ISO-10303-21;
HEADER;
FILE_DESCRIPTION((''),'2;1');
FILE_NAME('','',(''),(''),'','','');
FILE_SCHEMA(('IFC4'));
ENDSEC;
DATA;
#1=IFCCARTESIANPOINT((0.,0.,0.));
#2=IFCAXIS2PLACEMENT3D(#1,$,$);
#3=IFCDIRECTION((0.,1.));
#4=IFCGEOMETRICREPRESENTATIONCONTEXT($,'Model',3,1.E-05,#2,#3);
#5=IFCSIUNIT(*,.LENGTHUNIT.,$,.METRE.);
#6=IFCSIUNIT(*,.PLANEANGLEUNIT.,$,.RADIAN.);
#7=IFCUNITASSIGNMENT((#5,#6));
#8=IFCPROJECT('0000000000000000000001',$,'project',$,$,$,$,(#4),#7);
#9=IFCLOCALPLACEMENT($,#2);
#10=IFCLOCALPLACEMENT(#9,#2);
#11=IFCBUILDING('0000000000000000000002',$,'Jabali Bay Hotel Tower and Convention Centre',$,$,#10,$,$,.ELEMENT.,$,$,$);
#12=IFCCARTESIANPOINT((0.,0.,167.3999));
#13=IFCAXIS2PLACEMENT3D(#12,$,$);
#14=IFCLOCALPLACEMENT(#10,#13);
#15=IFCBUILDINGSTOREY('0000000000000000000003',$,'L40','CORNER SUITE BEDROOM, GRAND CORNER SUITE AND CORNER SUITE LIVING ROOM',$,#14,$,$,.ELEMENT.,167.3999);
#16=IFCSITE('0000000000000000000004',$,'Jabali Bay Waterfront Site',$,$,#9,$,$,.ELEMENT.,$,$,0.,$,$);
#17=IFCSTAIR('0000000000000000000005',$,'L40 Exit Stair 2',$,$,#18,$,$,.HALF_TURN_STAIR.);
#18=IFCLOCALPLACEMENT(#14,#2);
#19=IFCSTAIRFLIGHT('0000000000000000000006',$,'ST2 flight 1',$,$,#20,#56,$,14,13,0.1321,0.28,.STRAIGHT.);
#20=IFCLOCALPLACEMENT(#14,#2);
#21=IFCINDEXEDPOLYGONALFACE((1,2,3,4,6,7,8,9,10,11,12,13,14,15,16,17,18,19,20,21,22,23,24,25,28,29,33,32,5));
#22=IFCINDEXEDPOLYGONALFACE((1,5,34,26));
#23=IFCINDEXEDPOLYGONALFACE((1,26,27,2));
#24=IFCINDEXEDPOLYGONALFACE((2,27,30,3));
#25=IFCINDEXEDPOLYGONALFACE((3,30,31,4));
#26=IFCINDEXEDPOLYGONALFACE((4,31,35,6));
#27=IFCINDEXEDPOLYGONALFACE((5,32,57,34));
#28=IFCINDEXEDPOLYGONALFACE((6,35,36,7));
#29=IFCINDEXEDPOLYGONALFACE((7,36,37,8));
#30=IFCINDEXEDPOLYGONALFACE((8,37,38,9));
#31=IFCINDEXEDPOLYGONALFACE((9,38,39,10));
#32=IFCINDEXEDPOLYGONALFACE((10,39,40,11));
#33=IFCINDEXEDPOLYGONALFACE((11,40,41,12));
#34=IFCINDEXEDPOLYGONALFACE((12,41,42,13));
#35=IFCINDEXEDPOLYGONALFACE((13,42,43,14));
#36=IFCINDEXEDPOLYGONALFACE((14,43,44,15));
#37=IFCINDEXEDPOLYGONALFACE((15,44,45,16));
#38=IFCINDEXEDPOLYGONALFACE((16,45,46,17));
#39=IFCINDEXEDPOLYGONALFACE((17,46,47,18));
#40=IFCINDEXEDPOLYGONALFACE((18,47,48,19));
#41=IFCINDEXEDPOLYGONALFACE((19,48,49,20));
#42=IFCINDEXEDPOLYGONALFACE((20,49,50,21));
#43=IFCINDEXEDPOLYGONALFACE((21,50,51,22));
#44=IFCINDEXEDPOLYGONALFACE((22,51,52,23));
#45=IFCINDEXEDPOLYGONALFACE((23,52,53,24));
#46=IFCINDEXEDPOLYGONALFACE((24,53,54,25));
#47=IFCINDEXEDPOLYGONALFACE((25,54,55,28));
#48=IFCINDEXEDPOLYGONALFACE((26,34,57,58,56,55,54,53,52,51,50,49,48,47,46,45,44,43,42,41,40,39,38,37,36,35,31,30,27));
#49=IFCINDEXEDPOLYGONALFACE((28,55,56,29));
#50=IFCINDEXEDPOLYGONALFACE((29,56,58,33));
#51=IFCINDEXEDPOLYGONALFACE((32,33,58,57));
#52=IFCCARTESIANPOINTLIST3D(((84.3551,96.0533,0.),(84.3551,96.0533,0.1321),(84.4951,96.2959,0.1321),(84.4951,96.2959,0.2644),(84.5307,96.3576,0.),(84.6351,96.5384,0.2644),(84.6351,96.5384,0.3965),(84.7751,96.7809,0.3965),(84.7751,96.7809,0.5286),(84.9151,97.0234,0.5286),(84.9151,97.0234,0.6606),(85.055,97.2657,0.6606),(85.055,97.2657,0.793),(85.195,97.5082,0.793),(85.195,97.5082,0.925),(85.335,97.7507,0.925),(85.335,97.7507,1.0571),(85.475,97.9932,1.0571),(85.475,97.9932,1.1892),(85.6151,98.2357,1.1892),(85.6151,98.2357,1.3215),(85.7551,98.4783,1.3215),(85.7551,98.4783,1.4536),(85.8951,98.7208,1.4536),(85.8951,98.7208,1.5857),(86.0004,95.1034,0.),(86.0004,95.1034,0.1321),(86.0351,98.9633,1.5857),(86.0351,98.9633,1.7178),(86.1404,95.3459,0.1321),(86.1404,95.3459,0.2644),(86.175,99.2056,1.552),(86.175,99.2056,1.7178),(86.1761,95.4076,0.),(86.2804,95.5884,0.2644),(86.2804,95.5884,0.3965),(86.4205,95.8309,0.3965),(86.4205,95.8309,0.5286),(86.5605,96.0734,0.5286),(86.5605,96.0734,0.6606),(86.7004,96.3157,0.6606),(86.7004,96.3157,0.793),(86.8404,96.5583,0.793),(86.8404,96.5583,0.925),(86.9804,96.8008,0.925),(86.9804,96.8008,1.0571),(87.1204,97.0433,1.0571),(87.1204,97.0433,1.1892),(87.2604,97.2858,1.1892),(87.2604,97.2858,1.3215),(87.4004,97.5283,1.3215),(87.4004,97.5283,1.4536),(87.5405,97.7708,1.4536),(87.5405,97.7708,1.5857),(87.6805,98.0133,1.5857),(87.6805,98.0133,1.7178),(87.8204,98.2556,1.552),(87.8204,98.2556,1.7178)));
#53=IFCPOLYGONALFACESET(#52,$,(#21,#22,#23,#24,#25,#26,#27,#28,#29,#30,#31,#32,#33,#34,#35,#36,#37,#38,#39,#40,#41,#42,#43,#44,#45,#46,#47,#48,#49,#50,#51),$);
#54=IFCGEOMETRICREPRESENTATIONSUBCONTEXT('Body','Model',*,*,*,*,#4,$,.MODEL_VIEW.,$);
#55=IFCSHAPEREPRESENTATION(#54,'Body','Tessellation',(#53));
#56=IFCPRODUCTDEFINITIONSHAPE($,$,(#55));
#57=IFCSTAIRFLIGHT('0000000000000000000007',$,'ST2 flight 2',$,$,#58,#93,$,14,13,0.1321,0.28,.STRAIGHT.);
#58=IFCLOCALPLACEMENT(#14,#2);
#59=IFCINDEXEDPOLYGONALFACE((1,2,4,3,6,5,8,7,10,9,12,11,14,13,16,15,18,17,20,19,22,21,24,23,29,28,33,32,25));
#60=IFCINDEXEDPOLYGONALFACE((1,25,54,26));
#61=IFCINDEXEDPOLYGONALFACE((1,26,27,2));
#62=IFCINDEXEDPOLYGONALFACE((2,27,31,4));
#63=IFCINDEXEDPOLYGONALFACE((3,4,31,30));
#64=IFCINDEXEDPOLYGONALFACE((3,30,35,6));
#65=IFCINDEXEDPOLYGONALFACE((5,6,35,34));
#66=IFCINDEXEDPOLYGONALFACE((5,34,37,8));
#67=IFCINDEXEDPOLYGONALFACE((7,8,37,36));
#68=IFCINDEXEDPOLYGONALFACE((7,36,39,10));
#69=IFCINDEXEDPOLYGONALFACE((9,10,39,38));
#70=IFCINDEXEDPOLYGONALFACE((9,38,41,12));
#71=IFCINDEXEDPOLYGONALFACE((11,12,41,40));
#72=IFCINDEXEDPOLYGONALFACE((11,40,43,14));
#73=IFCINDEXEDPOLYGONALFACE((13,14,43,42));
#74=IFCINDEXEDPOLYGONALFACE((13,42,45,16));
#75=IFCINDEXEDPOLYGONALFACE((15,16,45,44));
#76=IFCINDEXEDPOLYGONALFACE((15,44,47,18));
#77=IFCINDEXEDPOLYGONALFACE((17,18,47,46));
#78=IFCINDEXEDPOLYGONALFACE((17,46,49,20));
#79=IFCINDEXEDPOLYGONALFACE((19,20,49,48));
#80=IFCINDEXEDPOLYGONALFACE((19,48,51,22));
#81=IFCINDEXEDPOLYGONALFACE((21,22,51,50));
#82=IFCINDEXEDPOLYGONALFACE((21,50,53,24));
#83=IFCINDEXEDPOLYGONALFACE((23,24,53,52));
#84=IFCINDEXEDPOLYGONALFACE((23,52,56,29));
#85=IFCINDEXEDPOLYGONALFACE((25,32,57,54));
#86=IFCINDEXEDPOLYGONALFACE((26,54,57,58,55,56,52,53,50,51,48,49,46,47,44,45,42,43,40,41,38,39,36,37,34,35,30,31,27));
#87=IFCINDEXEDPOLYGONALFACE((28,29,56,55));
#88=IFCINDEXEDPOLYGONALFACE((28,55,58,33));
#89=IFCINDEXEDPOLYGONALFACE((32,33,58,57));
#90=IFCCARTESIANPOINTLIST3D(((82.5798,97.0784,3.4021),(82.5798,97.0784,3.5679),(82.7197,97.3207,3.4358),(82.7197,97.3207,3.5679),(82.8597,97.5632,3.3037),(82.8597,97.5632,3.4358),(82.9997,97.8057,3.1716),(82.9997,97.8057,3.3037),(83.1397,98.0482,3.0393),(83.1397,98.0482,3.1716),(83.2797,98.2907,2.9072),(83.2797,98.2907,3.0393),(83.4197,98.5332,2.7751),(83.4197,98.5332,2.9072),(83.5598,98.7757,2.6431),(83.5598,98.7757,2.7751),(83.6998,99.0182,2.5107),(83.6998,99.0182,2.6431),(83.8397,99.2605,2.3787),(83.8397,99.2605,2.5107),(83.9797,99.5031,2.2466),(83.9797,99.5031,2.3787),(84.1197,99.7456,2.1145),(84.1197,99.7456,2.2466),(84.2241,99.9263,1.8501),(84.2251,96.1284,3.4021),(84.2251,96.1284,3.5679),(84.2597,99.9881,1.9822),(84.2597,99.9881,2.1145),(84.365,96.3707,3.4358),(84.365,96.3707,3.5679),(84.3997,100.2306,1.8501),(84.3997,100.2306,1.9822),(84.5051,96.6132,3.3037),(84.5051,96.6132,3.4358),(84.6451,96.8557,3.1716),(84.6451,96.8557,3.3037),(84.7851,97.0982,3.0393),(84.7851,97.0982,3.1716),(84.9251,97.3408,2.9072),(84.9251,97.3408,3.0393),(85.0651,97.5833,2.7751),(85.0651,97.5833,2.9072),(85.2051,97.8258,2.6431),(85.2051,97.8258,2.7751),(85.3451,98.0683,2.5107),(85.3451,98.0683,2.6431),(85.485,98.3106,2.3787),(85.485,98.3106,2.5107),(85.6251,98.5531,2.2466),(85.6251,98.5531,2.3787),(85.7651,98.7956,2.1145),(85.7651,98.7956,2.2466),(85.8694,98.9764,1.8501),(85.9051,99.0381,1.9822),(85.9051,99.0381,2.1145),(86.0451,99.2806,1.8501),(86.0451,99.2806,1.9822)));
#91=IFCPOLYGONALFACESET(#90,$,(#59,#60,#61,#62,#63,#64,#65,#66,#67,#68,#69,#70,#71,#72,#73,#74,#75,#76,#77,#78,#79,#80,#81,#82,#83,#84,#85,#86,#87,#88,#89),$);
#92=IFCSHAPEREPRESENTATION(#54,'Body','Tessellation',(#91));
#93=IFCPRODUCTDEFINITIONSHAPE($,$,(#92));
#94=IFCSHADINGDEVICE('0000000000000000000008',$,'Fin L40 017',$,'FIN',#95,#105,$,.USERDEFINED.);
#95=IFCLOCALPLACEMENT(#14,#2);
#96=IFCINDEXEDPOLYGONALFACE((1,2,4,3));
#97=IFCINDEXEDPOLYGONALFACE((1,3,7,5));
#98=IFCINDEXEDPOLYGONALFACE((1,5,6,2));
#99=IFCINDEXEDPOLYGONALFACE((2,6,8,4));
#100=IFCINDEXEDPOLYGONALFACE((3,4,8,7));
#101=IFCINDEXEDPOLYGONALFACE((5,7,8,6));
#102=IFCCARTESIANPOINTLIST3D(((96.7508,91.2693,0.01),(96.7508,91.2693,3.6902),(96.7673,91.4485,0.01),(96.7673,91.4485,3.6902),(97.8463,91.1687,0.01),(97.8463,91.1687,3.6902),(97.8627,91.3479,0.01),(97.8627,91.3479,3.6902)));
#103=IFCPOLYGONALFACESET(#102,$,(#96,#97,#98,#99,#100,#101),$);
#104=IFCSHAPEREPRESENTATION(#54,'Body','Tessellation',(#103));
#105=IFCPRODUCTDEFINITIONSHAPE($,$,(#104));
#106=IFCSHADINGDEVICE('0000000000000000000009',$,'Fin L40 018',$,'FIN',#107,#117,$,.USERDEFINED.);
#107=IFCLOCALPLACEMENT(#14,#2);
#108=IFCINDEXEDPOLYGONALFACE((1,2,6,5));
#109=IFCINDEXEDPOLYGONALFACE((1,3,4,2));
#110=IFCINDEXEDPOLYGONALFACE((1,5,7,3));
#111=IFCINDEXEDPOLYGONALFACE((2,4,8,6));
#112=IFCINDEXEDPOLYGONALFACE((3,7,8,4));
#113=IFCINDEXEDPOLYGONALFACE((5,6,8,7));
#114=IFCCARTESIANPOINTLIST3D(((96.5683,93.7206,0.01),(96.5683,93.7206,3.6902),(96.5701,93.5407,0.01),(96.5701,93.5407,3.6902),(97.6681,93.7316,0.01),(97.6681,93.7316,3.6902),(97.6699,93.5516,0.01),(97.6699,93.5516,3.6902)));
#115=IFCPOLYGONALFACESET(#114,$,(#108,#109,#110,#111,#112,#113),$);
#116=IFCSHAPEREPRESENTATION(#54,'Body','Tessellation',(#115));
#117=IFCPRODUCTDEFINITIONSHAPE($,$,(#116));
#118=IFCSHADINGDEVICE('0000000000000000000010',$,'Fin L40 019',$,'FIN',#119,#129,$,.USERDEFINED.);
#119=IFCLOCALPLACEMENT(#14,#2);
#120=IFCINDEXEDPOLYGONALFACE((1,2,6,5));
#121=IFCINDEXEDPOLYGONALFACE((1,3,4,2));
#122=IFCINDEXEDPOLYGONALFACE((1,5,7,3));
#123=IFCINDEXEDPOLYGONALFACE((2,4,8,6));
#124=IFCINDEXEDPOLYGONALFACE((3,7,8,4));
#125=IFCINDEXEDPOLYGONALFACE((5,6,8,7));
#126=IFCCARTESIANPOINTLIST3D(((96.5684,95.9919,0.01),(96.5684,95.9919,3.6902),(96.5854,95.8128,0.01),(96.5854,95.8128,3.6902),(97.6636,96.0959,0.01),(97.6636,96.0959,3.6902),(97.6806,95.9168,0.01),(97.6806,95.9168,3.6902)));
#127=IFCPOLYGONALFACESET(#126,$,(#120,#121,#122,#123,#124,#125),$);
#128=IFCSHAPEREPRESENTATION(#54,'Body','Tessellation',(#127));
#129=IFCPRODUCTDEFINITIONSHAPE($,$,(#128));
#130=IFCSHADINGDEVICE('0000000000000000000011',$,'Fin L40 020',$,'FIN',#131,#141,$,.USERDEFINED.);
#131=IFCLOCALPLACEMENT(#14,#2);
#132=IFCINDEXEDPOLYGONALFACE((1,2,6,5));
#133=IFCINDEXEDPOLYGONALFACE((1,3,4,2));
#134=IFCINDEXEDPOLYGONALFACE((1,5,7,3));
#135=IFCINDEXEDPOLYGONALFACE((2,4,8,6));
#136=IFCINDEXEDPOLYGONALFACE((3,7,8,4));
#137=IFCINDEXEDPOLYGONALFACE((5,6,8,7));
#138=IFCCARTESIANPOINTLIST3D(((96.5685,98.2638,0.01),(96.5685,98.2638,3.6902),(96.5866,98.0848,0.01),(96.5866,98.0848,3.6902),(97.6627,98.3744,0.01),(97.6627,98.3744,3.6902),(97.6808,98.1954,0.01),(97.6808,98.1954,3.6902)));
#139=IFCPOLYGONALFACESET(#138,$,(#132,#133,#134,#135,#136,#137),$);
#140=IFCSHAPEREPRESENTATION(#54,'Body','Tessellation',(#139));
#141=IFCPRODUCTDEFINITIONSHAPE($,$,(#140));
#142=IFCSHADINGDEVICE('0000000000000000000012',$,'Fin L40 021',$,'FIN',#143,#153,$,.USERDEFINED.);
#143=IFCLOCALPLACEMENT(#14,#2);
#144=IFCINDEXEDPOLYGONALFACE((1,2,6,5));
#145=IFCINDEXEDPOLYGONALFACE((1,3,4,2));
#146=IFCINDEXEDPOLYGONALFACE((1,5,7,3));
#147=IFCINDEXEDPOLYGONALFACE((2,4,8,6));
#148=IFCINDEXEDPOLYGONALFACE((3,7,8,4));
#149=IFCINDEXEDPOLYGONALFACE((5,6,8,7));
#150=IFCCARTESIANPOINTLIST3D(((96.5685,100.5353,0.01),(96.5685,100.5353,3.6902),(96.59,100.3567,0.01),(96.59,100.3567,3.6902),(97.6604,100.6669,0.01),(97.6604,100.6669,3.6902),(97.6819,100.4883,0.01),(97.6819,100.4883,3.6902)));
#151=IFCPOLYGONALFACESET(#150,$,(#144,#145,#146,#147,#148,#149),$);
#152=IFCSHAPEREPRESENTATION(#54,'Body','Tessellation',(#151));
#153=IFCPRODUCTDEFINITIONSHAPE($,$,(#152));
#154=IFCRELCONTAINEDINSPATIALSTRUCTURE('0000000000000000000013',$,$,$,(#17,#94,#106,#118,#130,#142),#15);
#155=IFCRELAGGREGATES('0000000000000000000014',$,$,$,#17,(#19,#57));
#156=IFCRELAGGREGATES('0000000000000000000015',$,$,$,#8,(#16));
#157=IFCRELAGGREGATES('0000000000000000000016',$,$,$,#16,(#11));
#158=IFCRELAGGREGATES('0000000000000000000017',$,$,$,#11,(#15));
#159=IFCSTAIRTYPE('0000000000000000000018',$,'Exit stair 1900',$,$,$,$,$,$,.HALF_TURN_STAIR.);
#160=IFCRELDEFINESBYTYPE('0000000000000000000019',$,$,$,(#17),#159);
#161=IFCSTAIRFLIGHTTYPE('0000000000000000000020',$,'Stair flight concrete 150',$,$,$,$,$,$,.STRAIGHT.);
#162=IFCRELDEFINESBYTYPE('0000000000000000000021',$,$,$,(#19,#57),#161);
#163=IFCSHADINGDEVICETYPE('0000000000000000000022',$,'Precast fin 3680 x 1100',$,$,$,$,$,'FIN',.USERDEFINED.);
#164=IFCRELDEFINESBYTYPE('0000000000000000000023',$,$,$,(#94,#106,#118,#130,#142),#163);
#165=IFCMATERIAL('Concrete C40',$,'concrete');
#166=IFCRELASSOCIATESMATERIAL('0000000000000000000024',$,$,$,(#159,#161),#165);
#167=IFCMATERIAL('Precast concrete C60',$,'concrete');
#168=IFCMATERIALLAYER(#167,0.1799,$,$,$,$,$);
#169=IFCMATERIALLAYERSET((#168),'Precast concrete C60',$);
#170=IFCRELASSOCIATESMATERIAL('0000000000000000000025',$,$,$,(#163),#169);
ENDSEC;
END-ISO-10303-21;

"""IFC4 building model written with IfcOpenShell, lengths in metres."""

from ifc_helpers import new_model, si_unit, direction, frame, frame_2d, origin, place, context, subcontext, project, spatial, polyline, rectangle, outline, extrude, material, layer, layer_set, type_object, element, aggregate, save


model = new_model("IFC4")

# Units and contexts
model_context = context("Model", 3, precision=1e-05, world=origin(), true_north=direction((0.0, 1.0)))
body_context = subcontext(model_context, "Body", "Model", "MODEL_VIEW")
ifc_project = project(units=[si_unit("LENGTHUNIT", "METRE"), si_unit("PLANEANGLEUNIT", "RADIAN")], contexts=[model_context])

# Site, building, storey
site_placement = place(None, origin())
site = spatial("IfcSite", under=ifc_project, at=site_placement, Name="Jabali Bay Waterfront Site", CompositionType="ELEMENT", RefElevation=0.0)
building_placement = place(site_placement, origin())
building = spatial("IfcBuilding", under=site, at=building_placement, Name="Jabali Bay Hotel Tower and Convention Centre", CompositionType="ELEMENT")
storey_placement = place(building_placement, frame((0.0, 0.0, 167.3999)))
storey = spatial("IfcBuildingStorey", under=building, at=storey_placement, Name="L40", Description="CORNER SUITE BEDROOM, GRAND CORNER SUITE AND CORNER SUITE LIVING ROOM", CompositionType="ELEMENT", Elevation=167.3999)

# Shared definitions
ifc_material_1 = material(Name="Concrete C40", Category="concrete")

# Stair, stair flights
stair_type = type_object("IfcStairType", Name="Exit stair 1900", PredefinedType="HALF_TURN_STAIR", material=ifc_material_1)
stair_placement = place(storey_placement, origin())
stair = element("IfcStair", 1, at=stair_placement, inside=storey, type_object=stair_type, Name="L40 Exit Stair 2", PredefinedType="HALF_TURN_STAIR")
stair_flight_type = type_object("IfcStairFlightType", Name="Stair flight concrete 150", PredefinedType="STRAIGHT", material=ifc_material_1)
stair_flight_1_placement = place(storey_placement, frame((85.1777, 95.5784, 0.0), z_axis=(0.0, 0.0, 1.0), x_axis=(0.5, 0.866025, 0.0)))
stair_flight_1 = element("IfcStairFlight", 2, at=stair_flight_1_placement, type_object=stair_flight_type, Name="ST2 flight 1", NumberOfRisers=14, NumberOfTreads=13, PredefinedType="STRAIGHT", RiserHeight=0.1321, TreadLength=0.28, context=body_context, shape_type="SweptSolid", body=[
    extrude(outline(polyline([(0.0, 0.0), (0.0, 0.1321), (0.28, 0.1321), (0.28, 0.2644), (0.5601, 0.2644), (0.5601, 0.3965), (0.8401, 0.3965), (0.8401, 0.5286), (1.1201, 0.5286), (1.1201, 0.6606), (1.3999, 0.6606), (1.3999, 0.793), (1.6799, 0.793), (1.6799, 0.925), (1.96, 0.925), (1.96, 1.0571), (2.24, 1.0571), (2.24, 1.1892), (2.52, 1.1892), (2.52, 1.3215), (2.8, 1.3215), (2.8, 1.4536), (3.0801, 1.4536), (3.0801, 1.5857), (3.3601, 1.5857), (3.3601, 1.7178), (3.6399, 1.7178), (3.6399, 1.8501), (3.6399, 1.552), (0.3513, 0.0), (0.0, 0.0)])), frame((0.0, 0.95, 0.0), z_axis=(0.0, -1.0, 0.0), x_axis=(1.0, 0.0, 0.0)), (0.0, 0.0, 1.0), 1.8999),
])
stair_flight_2_placement = place(storey_placement, frame((85.2224, 99.7556, 1.8501), z_axis=(0.0, 0.0, 1.0), x_axis=(-0.5, -0.866025, 0.0)))
stair_flight_2 = element("IfcStairFlight", 3, at=stair_flight_2_placement, type_object=stair_flight_type, Name="ST2 flight 2", NumberOfRisers=14, NumberOfTreads=13, PredefinedType="STRAIGHT", RiserHeight=0.1321, TreadLength=0.28, context=body_context, shape_type="SweptSolid", body=[
    extrude(outline(polyline([(0.0, 0.0), (0.0, 0.1321), (0.28, 0.1321), (0.28, 0.2644), (0.5601, 0.2644), (0.5601, 0.3965), (0.8401, 0.3965), (0.8401, 0.5286), (1.1201, 0.5286), (1.1201, 0.6606), (1.3999, 0.6606), (1.3999, 0.793), (1.6799, 0.793), (1.6799, 0.925), (1.96, 0.925), (1.96, 1.0571), (2.24, 1.0571), (2.24, 1.1892), (2.52, 1.1892), (2.52, 1.3215), (2.8, 1.3215), (2.8, 1.4536), (3.0801, 1.4536), (3.0801, 1.5857), (3.3601, 1.5857), (3.3601, 1.7178), (3.6399, 1.7178), (3.6399, 1.8501), (3.6399, 1.552), (0.3513, 0.0), (0.0, 0.0)])), frame((0.0, 0.95, 0.0), z_axis=(0.0, -1.0, 0.0), x_axis=(1.0, 0.0, 0.0)), (0.0, 0.0, 1.0), 1.8999),
])
aggregate(stair, [stair_flight_1, stair_flight_2])

# Shading devices
ifc_material_2 = material(Name="Precast concrete C60", Category="concrete")
ifc_layer_1 = layer(ifc_material_2, 0.1799)
ifc_layer_set_1 = layer_set([ifc_layer_1], Name="Precast concrete C60")
shading_device_type = type_object("IfcShadingDeviceType", Name="Precast fin 3680 x 1100", ElementType="FIN", PredefinedType="USERDEFINED", material=ifc_layer_set_1)
shading_device_1_placement = place(storey_placement, frame((96.759, 91.3589, 0.01), z_axis=(0.0, 0.0, 1.0), x_axis=(0.995811, -0.091436, 0.0)))
element("IfcShadingDevice", 4, at=shading_device_1_placement, inside=storey, type_object=shading_device_type, Name="Fin L40 017", ObjectType="FIN", PredefinedType="USERDEFINED", context=body_context, shape_type="SweptSolid", body=[
    extrude(rectangle(XDim=1.1001, YDim=0.1799, at=frame_2d((0.55, 0.0))), origin(), (0.0, 0.0, 1.0), 3.6802),
])
shading_device_2_placement = place(storey_placement, frame((96.5693, 93.6306, 0.01), z_axis=(0.0, 0.0, 1.0), x_axis=(0.99995, 0.009988, 0.0)))
element("IfcShadingDevice", 5, at=shading_device_2_placement, inside=storey, type_object=shading_device_type, Name="Fin L40 018", ObjectType="FIN", PredefinedType="USERDEFINED", context=body_context, shape_type="SweptSolid", body=[
    extrude(rectangle(XDim=1.0999, YDim=0.1799, at=frame_2d((0.5498, 0.0))), origin(), (0.0, 0.0, 1.0), 3.6802),
])
shading_device_3_placement = place(storey_placement, frame((96.5769, 95.9023, 0.01), z_axis=(0.0, 0.0, 1.0), x_axis=(0.995521, 0.094537, 0.0)))
element("IfcShadingDevice", 6, at=shading_device_3_placement, inside=storey, type_object=shading_device_type, Name="Fin L40 019", ObjectType="FIN", PredefinedType="USERDEFINED", context=body_context, shape_type="SweptSolid", body=[
    extrude(rectangle(XDim=1.1001, YDim=0.1799, at=frame_2d((0.55, 0.0))), origin(), (0.0, 0.0, 1.0), 3.6802),
])
for number, where, z_axis, x_axis, name in (
    (7, (96.5776, 98.1743, 0.01), (0.0, 0.0, 1.0), (0.994931, 0.100559, 0.0), "Fin L40 020"),
    (8, (96.5793, 100.446, 0.01), (0.0, 0.0, 1.0), (0.992818, 0.119635, 0.0), "Fin L40 021"),
):
    element("IfcShadingDevice", number, at=place(storey_placement, frame(where, z_axis=z_axis, x_axis=x_axis)), inside=storey, type_object=shading_device_type, Name=name, ObjectType="FIN", PredefinedType="USERDEFINED", context=body_context, shape_type="SweptSolid", body=[
        extrude(rectangle(XDim=1.0999, YDim=0.1799, at=frame_2d((0.5498, 0.0))), origin(), (0.0, 0.0, 1.0), 3.6802),
    ])

save(model, "model.ifc")
